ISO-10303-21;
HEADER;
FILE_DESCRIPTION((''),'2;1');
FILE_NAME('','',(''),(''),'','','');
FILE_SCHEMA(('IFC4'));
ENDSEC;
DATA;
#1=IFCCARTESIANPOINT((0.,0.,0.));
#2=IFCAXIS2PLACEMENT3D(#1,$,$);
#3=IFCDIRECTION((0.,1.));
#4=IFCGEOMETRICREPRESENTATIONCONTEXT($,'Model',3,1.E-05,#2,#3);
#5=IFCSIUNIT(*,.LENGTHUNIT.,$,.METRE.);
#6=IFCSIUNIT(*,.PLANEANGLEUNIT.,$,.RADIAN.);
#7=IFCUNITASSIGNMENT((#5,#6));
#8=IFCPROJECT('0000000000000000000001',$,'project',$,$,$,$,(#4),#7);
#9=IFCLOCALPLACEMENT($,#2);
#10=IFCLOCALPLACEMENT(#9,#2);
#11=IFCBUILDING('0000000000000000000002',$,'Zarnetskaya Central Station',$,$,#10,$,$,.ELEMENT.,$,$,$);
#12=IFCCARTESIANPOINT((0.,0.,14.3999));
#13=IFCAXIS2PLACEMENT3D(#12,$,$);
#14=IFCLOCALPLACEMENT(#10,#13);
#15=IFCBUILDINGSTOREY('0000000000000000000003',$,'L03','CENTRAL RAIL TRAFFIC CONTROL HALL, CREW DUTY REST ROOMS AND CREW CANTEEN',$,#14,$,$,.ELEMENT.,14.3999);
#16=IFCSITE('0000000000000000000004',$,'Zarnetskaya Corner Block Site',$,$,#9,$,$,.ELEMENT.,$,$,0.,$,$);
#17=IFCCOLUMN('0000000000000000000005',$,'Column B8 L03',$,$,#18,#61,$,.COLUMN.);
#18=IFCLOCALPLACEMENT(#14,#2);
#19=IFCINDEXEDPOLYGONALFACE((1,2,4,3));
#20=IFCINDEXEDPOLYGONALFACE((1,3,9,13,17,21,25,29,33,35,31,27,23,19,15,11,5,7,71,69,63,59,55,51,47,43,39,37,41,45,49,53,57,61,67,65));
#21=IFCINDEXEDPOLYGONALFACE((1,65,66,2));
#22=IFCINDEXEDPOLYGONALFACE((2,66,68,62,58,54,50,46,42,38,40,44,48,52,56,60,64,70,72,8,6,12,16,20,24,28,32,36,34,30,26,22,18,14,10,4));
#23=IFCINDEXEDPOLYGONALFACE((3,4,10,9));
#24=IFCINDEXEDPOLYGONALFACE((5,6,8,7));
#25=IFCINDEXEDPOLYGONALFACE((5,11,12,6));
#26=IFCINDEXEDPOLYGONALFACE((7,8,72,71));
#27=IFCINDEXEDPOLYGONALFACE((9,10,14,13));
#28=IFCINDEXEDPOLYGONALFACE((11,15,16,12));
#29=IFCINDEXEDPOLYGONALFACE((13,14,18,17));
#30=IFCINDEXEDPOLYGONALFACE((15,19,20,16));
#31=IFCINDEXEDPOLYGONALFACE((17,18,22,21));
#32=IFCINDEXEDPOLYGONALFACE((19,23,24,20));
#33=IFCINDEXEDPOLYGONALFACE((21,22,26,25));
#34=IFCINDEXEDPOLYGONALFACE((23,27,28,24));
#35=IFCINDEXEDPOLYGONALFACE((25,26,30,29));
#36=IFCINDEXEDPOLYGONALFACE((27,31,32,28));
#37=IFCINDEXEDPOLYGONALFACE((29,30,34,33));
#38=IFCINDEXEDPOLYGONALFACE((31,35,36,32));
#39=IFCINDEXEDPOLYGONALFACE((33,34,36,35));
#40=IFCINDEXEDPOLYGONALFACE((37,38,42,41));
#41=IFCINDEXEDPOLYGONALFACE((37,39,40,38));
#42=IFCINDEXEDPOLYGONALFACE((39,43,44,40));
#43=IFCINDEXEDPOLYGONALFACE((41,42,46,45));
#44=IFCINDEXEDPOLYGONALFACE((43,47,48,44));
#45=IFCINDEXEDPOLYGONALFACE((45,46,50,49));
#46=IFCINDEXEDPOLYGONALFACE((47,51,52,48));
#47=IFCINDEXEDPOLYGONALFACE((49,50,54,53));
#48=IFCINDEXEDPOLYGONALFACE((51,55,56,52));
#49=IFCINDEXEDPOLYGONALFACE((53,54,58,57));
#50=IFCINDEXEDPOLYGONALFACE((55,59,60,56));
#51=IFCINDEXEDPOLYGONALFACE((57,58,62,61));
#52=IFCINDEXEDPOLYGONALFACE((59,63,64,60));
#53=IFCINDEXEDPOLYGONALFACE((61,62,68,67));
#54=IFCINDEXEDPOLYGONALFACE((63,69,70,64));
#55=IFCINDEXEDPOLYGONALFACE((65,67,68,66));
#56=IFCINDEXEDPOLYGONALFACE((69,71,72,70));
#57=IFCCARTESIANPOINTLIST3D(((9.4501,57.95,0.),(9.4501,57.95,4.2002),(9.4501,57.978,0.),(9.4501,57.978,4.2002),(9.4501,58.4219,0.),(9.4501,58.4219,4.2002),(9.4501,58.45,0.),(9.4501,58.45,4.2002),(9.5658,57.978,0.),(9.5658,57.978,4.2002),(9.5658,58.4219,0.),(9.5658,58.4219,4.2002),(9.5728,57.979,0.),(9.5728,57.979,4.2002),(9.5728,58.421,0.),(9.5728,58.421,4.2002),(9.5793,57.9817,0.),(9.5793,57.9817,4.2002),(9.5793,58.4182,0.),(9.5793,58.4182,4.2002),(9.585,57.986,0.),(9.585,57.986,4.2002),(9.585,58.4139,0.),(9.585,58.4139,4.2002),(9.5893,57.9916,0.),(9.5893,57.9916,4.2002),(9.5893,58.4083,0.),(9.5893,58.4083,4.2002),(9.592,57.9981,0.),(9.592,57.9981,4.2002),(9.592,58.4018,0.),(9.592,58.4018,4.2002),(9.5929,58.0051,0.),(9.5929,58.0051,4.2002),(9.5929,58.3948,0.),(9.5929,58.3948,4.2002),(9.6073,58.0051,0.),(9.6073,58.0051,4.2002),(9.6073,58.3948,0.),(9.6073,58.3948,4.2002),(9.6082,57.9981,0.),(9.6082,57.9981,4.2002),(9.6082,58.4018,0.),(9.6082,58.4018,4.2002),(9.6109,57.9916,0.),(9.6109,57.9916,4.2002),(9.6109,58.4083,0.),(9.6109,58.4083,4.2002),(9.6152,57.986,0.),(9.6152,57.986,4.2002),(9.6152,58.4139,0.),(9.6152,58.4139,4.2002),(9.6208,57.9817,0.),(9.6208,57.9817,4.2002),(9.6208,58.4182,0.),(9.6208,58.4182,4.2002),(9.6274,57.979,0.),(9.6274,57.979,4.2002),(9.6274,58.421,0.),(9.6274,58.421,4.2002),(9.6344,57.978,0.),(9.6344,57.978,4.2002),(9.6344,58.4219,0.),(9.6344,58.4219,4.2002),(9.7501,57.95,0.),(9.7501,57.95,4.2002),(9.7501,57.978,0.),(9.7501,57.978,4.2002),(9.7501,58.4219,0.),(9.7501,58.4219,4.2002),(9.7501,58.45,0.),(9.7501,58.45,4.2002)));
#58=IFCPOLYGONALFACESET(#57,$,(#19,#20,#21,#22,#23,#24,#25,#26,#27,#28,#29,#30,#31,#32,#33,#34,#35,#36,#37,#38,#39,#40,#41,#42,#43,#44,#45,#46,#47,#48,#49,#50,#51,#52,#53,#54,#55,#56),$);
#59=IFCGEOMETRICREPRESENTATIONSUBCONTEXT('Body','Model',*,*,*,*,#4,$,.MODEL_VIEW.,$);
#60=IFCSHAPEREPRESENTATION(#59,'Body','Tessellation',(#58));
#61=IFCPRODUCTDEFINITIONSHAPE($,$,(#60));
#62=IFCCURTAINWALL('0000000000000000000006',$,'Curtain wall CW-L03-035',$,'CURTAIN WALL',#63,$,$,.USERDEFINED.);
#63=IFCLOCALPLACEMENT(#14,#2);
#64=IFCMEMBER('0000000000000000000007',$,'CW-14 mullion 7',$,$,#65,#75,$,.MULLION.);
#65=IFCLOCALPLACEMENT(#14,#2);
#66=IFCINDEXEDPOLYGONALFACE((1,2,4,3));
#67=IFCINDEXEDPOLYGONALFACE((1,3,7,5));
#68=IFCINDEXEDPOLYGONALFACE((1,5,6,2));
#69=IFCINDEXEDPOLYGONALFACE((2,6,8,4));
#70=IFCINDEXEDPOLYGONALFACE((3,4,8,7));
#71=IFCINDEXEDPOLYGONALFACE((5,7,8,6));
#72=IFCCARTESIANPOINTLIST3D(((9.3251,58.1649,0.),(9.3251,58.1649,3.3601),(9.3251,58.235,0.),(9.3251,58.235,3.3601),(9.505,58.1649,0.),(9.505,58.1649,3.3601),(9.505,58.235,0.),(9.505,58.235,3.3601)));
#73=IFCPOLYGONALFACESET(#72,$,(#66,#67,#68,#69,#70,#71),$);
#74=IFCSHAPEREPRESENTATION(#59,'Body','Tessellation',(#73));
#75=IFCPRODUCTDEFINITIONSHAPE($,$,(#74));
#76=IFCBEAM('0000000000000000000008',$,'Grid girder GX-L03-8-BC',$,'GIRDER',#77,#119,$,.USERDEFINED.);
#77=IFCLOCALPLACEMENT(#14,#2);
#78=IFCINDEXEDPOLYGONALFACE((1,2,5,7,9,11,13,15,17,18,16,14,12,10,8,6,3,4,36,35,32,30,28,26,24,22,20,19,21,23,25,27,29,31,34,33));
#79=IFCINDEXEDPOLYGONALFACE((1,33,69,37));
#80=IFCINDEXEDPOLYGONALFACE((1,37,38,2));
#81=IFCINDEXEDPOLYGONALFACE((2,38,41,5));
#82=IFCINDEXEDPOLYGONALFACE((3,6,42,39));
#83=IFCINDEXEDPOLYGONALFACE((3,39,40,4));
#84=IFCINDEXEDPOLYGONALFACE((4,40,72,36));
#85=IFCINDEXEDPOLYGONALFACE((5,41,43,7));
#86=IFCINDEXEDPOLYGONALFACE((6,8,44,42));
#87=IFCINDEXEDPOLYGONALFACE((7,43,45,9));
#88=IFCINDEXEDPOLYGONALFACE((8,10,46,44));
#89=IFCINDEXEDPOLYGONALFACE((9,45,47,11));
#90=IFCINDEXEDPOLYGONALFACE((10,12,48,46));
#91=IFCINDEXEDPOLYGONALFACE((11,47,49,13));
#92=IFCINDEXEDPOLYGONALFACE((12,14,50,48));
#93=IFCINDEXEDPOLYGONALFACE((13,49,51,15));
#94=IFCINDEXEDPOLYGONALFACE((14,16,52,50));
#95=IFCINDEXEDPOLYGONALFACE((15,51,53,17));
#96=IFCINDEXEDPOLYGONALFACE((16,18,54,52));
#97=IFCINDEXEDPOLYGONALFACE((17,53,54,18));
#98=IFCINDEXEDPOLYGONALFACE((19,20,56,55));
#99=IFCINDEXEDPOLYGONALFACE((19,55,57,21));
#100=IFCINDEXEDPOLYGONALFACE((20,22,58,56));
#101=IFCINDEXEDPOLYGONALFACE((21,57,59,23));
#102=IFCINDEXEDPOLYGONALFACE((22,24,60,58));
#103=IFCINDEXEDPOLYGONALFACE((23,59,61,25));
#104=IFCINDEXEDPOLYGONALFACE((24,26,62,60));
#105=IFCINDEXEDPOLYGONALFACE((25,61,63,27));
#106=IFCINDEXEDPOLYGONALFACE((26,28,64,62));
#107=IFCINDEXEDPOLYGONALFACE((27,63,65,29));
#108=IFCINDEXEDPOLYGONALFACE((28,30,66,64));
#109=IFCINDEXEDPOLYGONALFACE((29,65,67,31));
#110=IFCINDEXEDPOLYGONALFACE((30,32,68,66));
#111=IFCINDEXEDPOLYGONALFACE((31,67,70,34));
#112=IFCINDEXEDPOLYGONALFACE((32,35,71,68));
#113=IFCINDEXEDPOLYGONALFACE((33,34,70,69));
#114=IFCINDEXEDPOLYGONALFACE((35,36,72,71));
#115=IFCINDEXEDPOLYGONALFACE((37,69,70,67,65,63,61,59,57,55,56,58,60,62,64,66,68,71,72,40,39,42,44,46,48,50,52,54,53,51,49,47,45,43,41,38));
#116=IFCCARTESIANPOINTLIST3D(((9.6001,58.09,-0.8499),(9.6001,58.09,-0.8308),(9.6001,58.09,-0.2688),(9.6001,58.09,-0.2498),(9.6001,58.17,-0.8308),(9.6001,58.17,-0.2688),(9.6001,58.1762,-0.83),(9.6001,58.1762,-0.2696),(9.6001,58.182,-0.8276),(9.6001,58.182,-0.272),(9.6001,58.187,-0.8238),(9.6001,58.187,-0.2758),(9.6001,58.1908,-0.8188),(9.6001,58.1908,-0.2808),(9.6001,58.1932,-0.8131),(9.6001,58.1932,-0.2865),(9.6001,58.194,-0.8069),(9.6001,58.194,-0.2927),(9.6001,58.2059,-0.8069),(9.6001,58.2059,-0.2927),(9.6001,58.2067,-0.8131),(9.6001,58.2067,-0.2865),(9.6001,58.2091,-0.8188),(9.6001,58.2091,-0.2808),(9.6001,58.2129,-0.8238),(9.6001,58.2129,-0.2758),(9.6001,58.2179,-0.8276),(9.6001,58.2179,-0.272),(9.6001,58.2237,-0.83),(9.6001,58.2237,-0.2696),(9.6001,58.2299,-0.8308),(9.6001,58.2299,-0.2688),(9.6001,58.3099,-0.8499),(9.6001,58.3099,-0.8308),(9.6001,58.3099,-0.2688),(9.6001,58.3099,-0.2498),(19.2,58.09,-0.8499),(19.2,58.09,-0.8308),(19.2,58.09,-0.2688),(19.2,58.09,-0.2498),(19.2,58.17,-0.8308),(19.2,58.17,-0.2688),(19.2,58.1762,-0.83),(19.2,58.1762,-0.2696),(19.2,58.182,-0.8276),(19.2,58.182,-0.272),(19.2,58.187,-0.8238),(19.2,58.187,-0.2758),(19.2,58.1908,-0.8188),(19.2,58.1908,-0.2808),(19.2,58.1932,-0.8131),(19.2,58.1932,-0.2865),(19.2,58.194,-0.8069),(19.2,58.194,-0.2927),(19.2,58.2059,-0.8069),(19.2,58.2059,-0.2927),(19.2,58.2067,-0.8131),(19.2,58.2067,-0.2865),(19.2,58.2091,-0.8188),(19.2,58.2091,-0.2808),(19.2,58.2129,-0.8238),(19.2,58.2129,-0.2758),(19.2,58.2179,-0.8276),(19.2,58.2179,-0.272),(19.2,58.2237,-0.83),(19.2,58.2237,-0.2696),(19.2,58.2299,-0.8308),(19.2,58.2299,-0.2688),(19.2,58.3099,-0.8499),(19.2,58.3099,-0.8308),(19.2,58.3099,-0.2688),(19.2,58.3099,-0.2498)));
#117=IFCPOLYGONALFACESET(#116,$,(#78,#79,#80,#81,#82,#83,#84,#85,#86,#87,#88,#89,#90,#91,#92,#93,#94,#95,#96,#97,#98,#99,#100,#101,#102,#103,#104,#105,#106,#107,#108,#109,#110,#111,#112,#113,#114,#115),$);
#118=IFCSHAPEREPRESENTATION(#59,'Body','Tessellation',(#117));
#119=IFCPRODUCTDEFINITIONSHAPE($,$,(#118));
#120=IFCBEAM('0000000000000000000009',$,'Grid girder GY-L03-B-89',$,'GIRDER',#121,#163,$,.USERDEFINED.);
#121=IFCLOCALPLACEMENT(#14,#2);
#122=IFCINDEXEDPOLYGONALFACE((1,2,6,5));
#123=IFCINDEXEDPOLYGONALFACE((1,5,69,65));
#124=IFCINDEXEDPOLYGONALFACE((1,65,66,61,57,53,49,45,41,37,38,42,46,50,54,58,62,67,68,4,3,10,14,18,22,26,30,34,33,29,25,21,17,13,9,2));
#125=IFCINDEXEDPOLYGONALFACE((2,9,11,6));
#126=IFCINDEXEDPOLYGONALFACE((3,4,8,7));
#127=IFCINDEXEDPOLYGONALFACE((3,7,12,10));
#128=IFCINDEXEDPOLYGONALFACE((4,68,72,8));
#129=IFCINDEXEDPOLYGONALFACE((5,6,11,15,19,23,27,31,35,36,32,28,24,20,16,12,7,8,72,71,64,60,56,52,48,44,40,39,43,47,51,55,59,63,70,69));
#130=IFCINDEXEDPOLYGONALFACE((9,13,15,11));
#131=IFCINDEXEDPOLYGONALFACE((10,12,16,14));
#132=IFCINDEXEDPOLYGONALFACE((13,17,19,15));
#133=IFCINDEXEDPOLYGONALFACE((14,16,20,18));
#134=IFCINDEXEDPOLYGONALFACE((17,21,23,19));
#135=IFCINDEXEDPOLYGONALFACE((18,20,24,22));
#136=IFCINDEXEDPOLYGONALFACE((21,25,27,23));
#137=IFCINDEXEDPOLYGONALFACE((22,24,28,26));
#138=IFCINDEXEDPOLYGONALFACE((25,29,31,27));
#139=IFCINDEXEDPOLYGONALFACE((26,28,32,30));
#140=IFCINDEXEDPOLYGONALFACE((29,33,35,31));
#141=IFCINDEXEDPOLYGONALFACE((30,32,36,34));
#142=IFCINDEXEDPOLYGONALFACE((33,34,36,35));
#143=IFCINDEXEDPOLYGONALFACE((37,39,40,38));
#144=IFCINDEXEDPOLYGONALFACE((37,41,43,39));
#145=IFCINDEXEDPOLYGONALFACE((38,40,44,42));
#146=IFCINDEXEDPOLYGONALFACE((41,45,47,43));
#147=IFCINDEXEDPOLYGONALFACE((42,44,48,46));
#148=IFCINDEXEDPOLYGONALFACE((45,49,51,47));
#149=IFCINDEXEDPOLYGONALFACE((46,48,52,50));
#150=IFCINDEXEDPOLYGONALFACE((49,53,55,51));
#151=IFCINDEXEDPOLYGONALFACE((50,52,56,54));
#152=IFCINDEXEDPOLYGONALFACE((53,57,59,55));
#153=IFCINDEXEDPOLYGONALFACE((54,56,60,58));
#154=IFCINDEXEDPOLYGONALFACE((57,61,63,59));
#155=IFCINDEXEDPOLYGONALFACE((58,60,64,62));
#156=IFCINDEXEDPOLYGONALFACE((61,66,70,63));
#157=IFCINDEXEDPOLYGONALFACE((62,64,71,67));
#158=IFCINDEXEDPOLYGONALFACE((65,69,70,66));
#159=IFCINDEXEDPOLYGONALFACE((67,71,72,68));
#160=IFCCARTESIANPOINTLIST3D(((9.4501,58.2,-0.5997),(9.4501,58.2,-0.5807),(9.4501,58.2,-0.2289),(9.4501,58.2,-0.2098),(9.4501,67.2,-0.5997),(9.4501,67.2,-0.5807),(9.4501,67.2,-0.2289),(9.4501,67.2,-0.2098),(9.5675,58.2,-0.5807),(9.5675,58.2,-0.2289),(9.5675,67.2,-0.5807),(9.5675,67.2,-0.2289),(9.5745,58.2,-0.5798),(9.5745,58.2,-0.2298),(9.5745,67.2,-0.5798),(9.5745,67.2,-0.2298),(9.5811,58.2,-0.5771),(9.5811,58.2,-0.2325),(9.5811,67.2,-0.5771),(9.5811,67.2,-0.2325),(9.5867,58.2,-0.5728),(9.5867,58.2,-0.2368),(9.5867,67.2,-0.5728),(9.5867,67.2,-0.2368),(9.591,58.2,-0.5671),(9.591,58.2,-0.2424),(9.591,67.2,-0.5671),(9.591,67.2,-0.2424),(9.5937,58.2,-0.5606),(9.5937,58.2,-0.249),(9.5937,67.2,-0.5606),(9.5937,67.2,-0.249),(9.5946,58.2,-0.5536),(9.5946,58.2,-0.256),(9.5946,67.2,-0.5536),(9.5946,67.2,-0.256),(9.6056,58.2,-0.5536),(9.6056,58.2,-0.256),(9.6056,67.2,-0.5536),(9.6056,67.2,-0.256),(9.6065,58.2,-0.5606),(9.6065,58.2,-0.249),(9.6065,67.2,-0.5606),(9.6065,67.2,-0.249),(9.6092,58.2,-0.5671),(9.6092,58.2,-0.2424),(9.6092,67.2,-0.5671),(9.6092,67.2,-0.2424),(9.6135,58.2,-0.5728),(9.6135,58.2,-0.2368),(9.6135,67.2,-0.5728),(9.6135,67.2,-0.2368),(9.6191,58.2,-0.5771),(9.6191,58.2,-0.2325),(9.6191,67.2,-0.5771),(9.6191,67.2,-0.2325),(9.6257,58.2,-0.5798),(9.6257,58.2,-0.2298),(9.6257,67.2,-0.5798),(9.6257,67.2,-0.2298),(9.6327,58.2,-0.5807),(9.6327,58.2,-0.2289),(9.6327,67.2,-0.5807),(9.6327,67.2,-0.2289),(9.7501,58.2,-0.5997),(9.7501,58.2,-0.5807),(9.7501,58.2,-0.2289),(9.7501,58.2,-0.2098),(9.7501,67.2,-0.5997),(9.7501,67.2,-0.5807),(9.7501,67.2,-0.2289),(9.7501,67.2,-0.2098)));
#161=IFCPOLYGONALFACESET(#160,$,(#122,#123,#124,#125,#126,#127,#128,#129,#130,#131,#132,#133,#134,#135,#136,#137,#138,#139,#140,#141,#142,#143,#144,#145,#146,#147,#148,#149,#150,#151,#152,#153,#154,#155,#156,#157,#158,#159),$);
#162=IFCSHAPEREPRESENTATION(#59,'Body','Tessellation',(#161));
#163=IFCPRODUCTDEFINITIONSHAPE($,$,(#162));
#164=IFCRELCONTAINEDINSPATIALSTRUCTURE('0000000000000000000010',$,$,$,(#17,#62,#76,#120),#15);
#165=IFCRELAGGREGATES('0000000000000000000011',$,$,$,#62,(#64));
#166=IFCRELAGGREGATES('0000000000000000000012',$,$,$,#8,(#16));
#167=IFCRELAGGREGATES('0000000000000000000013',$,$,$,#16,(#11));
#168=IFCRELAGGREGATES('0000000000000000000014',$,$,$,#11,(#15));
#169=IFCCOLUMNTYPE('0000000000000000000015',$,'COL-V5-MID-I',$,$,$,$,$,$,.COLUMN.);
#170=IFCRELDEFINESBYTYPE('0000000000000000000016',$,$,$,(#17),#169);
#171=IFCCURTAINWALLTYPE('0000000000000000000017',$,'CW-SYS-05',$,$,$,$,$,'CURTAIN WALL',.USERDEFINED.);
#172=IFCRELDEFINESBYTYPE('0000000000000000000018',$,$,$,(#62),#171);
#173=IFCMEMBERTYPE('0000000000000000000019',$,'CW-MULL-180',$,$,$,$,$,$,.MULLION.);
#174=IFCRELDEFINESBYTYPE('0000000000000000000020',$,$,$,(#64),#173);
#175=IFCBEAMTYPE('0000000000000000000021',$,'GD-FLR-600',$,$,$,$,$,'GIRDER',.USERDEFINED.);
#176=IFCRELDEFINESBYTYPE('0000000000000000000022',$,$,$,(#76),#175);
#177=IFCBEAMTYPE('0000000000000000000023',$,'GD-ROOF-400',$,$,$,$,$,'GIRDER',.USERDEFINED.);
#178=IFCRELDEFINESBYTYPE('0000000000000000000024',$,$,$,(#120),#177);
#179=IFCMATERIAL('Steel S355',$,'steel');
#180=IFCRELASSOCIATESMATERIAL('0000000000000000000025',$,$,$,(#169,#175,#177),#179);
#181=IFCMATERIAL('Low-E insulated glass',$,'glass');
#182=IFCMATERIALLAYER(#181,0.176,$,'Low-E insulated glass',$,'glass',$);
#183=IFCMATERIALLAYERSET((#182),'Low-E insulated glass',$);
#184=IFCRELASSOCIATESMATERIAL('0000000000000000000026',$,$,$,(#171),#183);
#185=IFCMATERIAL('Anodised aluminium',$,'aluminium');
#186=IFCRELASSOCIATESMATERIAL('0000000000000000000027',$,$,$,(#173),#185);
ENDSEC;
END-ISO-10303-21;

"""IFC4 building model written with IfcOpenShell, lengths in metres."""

from ifc_helpers import new_model, si_unit, direction, frame, origin, origin_2d, place, context, subcontext, project, spatial, rectangle, i_section, extrude, material, layer, layer_set, material_profile, profile_set, type_object, element, aggregate, save


model = new_model("IFC4")

# Units and contexts
model_context = context("Model", 3, precision=1e-05, world=origin(), true_north=direction((0.0, 1.0)))
body_context = subcontext(model_context, "Body", "Model", "MODEL_VIEW")
ifc_project = project(units=[si_unit("LENGTHUNIT", "METRE"), si_unit("PLANEANGLEUNIT", "RADIAN")], contexts=[model_context])

# Site, building, storey
site_placement = place(None, origin())
site = spatial("IfcSite", under=ifc_project, at=site_placement, Name="Zarnetskaya Corner Block Site", CompositionType="ELEMENT", RefElevation=0.0)
building_placement = place(site_placement, origin())
building = spatial("IfcBuilding", under=site, at=building_placement, Name="Zarnetskaya Central Station", CompositionType="ELEMENT")
storey_placement = place(building_placement, frame((0.0, 0.0, 14.3999)))
storey = spatial("IfcBuildingStorey", under=building, at=storey_placement, Name="L03", Description="CENTRAL RAIL TRAFFIC CONTROL HALL, CREW DUTY REST ROOMS AND CREW CANTEEN", CompositionType="ELEMENT", Elevation=14.3999)

# Column
ifc_material_1 = material(Name="Steel S355", Category="steel")
ifc_material_profile_1 = material_profile(ifc_material_1, i_section(OverallWidth=0.3, OverallDepth=0.5, WebThickness=0.0144, FlangeThickness=0.0281, FilletRadius=0.0271, at=origin_2d()), Name="HEB 500")
ifc_profile_set_1 = profile_set([ifc_material_profile_1], Name="Steel S355")
column_type = type_object("IfcColumnType", Name="COL-V5-MID-I", PredefinedType="COLUMN", material=ifc_profile_set_1)
column_placement = place(storey_placement, frame((9.6001, 58.2, 0.0), z_axis=(0.0, 0.0, 1.0), x_axis=(1.0, 0.0, 0.0)))
element("IfcColumn", 1, at=column_placement, inside=storey, type_object=column_type, Name="Column B8 L03", PredefinedType="COLUMN", context=body_context, shape_type="SweptSolid", body=[
    extrude(i_section(OverallWidth=0.3, OverallDepth=0.5, WebThickness=0.0144, FlangeThickness=0.0281, FilletRadius=0.0271, at=origin_2d()), origin(), (0.0, 0.0, 1.0), 4.2002),
])

# Curtain wall, member
ifc_material_2 = material(Name="Low-E insulated glass", Category="glass")
ifc_layer_1 = layer(ifc_material_2, 0.176, Name="Low-E insulated glass", Category="glass")
ifc_layer_set_1 = layer_set([ifc_layer_1], Name="Low-E insulated glass")
curtain_wall_type = type_object("IfcCurtainWallType", Name="CW-SYS-05", ElementType="CURTAIN WALL", PredefinedType="USERDEFINED", material=ifc_layer_set_1)
curtain_wall_placement = place(storey_placement, origin())
curtain_wall = element("IfcCurtainWall", 2, at=curtain_wall_placement, inside=storey, type_object=curtain_wall_type, Name="Curtain wall CW-L03-035", ObjectType="CURTAIN WALL", PredefinedType="USERDEFINED")
ifc_material_3 = material(Name="Anodised aluminium", Category="aluminium")
ifc_material_profile_2 = material_profile(ifc_material_3, rectangle(XDim=0.0701, YDim=0.1799, at=origin_2d()), Name="ALU MULL 70x180")
ifc_profile_set_2 = profile_set([ifc_material_profile_2], Name="Anodised aluminium")
member_type = type_object("IfcMemberType", Name="CW-MULL-180", PredefinedType="MULLION", material=ifc_profile_set_2)
member_placement = place(storey_placement, frame((9.415, 58.2, 0.0), z_axis=(0.0, 0.0, 1.0), x_axis=(0.0, 1.0, 0.0)))
member = element("IfcMember", 3, at=member_placement, type_object=member_type, Name="CW-14 mullion 7", PredefinedType="MULLION", context=body_context, shape_type="SweptSolid", body=[
    extrude(rectangle(XDim=0.0701, YDim=0.1799, at=origin_2d()), origin(), (0.0, 0.0, 1.0), 3.3601),
])
aggregate(curtain_wall, [member])

# Beams
ifc_material_profile_3 = material_profile(ifc_material_1, i_section(OverallWidth=0.22, OverallDepth=0.6001, WebThickness=0.012, FlangeThickness=0.019, FilletRadius=0.0239, at=origin_2d()), Name="IPE 600")
ifc_profile_set_3 = profile_set([ifc_material_profile_3], Name="Steel S355")
beam_type_1 = type_object("IfcBeamType", Name="GD-FLR-600", ElementType="GIRDER", PredefinedType="USERDEFINED", material=ifc_profile_set_3)
beam_1_placement = place(storey_placement, frame((9.6001, 58.2, -0.5498), z_axis=(1.0, 0.0, 0.0), x_axis=(0.0, 1.0, 0.0)))
element("IfcBeam", 4, at=beam_1_placement, inside=storey, type_object=beam_type_1, Name="Grid girder GX-L03-8-BC", ObjectType="GIRDER", PredefinedType="USERDEFINED", context=body_context, shape_type="SweptSolid", body=[
    extrude(i_section(OverallWidth=0.22, OverallDepth=0.6001, WebThickness=0.012, FlangeThickness=0.019, FilletRadius=0.0239, at=origin_2d()), origin(), (0.0, 0.0, 1.0), 9.5999),
])
ifc_material_profile_4 = material_profile(ifc_material_1, i_section(OverallWidth=0.3, OverallDepth=0.3899, WebThickness=0.011, FlangeThickness=0.019, FilletRadius=0.0271, at=origin_2d()), Name="HEA 400")
ifc_profile_set_4 = profile_set([ifc_material_profile_4], Name="Steel S355")
beam_type_2 = type_object("IfcBeamType", Name="GD-ROOF-400", ElementType="GIRDER", PredefinedType="USERDEFINED", material=ifc_profile_set_4)
beam_2_placement = place(storey_placement, frame((9.6001, 58.2, -0.4048), z_axis=(0.0, 1.0, 0.0), x_axis=(-1.0, 0.0, 0.0)))
element("IfcBeam", 5, at=beam_2_placement, inside=storey, type_object=beam_type_2, Name="Grid girder GY-L03-B-89", ObjectType="GIRDER", PredefinedType="USERDEFINED", context=body_context, shape_type="SweptSolid", body=[
    extrude(i_section(OverallWidth=0.3, OverallDepth=0.3899, WebThickness=0.011, FlangeThickness=0.019, FilletRadius=0.0271, at=origin_2d()), origin(), (0.0, 0.0, 1.0), 9.0),
])

save(model, "model.ifc")
